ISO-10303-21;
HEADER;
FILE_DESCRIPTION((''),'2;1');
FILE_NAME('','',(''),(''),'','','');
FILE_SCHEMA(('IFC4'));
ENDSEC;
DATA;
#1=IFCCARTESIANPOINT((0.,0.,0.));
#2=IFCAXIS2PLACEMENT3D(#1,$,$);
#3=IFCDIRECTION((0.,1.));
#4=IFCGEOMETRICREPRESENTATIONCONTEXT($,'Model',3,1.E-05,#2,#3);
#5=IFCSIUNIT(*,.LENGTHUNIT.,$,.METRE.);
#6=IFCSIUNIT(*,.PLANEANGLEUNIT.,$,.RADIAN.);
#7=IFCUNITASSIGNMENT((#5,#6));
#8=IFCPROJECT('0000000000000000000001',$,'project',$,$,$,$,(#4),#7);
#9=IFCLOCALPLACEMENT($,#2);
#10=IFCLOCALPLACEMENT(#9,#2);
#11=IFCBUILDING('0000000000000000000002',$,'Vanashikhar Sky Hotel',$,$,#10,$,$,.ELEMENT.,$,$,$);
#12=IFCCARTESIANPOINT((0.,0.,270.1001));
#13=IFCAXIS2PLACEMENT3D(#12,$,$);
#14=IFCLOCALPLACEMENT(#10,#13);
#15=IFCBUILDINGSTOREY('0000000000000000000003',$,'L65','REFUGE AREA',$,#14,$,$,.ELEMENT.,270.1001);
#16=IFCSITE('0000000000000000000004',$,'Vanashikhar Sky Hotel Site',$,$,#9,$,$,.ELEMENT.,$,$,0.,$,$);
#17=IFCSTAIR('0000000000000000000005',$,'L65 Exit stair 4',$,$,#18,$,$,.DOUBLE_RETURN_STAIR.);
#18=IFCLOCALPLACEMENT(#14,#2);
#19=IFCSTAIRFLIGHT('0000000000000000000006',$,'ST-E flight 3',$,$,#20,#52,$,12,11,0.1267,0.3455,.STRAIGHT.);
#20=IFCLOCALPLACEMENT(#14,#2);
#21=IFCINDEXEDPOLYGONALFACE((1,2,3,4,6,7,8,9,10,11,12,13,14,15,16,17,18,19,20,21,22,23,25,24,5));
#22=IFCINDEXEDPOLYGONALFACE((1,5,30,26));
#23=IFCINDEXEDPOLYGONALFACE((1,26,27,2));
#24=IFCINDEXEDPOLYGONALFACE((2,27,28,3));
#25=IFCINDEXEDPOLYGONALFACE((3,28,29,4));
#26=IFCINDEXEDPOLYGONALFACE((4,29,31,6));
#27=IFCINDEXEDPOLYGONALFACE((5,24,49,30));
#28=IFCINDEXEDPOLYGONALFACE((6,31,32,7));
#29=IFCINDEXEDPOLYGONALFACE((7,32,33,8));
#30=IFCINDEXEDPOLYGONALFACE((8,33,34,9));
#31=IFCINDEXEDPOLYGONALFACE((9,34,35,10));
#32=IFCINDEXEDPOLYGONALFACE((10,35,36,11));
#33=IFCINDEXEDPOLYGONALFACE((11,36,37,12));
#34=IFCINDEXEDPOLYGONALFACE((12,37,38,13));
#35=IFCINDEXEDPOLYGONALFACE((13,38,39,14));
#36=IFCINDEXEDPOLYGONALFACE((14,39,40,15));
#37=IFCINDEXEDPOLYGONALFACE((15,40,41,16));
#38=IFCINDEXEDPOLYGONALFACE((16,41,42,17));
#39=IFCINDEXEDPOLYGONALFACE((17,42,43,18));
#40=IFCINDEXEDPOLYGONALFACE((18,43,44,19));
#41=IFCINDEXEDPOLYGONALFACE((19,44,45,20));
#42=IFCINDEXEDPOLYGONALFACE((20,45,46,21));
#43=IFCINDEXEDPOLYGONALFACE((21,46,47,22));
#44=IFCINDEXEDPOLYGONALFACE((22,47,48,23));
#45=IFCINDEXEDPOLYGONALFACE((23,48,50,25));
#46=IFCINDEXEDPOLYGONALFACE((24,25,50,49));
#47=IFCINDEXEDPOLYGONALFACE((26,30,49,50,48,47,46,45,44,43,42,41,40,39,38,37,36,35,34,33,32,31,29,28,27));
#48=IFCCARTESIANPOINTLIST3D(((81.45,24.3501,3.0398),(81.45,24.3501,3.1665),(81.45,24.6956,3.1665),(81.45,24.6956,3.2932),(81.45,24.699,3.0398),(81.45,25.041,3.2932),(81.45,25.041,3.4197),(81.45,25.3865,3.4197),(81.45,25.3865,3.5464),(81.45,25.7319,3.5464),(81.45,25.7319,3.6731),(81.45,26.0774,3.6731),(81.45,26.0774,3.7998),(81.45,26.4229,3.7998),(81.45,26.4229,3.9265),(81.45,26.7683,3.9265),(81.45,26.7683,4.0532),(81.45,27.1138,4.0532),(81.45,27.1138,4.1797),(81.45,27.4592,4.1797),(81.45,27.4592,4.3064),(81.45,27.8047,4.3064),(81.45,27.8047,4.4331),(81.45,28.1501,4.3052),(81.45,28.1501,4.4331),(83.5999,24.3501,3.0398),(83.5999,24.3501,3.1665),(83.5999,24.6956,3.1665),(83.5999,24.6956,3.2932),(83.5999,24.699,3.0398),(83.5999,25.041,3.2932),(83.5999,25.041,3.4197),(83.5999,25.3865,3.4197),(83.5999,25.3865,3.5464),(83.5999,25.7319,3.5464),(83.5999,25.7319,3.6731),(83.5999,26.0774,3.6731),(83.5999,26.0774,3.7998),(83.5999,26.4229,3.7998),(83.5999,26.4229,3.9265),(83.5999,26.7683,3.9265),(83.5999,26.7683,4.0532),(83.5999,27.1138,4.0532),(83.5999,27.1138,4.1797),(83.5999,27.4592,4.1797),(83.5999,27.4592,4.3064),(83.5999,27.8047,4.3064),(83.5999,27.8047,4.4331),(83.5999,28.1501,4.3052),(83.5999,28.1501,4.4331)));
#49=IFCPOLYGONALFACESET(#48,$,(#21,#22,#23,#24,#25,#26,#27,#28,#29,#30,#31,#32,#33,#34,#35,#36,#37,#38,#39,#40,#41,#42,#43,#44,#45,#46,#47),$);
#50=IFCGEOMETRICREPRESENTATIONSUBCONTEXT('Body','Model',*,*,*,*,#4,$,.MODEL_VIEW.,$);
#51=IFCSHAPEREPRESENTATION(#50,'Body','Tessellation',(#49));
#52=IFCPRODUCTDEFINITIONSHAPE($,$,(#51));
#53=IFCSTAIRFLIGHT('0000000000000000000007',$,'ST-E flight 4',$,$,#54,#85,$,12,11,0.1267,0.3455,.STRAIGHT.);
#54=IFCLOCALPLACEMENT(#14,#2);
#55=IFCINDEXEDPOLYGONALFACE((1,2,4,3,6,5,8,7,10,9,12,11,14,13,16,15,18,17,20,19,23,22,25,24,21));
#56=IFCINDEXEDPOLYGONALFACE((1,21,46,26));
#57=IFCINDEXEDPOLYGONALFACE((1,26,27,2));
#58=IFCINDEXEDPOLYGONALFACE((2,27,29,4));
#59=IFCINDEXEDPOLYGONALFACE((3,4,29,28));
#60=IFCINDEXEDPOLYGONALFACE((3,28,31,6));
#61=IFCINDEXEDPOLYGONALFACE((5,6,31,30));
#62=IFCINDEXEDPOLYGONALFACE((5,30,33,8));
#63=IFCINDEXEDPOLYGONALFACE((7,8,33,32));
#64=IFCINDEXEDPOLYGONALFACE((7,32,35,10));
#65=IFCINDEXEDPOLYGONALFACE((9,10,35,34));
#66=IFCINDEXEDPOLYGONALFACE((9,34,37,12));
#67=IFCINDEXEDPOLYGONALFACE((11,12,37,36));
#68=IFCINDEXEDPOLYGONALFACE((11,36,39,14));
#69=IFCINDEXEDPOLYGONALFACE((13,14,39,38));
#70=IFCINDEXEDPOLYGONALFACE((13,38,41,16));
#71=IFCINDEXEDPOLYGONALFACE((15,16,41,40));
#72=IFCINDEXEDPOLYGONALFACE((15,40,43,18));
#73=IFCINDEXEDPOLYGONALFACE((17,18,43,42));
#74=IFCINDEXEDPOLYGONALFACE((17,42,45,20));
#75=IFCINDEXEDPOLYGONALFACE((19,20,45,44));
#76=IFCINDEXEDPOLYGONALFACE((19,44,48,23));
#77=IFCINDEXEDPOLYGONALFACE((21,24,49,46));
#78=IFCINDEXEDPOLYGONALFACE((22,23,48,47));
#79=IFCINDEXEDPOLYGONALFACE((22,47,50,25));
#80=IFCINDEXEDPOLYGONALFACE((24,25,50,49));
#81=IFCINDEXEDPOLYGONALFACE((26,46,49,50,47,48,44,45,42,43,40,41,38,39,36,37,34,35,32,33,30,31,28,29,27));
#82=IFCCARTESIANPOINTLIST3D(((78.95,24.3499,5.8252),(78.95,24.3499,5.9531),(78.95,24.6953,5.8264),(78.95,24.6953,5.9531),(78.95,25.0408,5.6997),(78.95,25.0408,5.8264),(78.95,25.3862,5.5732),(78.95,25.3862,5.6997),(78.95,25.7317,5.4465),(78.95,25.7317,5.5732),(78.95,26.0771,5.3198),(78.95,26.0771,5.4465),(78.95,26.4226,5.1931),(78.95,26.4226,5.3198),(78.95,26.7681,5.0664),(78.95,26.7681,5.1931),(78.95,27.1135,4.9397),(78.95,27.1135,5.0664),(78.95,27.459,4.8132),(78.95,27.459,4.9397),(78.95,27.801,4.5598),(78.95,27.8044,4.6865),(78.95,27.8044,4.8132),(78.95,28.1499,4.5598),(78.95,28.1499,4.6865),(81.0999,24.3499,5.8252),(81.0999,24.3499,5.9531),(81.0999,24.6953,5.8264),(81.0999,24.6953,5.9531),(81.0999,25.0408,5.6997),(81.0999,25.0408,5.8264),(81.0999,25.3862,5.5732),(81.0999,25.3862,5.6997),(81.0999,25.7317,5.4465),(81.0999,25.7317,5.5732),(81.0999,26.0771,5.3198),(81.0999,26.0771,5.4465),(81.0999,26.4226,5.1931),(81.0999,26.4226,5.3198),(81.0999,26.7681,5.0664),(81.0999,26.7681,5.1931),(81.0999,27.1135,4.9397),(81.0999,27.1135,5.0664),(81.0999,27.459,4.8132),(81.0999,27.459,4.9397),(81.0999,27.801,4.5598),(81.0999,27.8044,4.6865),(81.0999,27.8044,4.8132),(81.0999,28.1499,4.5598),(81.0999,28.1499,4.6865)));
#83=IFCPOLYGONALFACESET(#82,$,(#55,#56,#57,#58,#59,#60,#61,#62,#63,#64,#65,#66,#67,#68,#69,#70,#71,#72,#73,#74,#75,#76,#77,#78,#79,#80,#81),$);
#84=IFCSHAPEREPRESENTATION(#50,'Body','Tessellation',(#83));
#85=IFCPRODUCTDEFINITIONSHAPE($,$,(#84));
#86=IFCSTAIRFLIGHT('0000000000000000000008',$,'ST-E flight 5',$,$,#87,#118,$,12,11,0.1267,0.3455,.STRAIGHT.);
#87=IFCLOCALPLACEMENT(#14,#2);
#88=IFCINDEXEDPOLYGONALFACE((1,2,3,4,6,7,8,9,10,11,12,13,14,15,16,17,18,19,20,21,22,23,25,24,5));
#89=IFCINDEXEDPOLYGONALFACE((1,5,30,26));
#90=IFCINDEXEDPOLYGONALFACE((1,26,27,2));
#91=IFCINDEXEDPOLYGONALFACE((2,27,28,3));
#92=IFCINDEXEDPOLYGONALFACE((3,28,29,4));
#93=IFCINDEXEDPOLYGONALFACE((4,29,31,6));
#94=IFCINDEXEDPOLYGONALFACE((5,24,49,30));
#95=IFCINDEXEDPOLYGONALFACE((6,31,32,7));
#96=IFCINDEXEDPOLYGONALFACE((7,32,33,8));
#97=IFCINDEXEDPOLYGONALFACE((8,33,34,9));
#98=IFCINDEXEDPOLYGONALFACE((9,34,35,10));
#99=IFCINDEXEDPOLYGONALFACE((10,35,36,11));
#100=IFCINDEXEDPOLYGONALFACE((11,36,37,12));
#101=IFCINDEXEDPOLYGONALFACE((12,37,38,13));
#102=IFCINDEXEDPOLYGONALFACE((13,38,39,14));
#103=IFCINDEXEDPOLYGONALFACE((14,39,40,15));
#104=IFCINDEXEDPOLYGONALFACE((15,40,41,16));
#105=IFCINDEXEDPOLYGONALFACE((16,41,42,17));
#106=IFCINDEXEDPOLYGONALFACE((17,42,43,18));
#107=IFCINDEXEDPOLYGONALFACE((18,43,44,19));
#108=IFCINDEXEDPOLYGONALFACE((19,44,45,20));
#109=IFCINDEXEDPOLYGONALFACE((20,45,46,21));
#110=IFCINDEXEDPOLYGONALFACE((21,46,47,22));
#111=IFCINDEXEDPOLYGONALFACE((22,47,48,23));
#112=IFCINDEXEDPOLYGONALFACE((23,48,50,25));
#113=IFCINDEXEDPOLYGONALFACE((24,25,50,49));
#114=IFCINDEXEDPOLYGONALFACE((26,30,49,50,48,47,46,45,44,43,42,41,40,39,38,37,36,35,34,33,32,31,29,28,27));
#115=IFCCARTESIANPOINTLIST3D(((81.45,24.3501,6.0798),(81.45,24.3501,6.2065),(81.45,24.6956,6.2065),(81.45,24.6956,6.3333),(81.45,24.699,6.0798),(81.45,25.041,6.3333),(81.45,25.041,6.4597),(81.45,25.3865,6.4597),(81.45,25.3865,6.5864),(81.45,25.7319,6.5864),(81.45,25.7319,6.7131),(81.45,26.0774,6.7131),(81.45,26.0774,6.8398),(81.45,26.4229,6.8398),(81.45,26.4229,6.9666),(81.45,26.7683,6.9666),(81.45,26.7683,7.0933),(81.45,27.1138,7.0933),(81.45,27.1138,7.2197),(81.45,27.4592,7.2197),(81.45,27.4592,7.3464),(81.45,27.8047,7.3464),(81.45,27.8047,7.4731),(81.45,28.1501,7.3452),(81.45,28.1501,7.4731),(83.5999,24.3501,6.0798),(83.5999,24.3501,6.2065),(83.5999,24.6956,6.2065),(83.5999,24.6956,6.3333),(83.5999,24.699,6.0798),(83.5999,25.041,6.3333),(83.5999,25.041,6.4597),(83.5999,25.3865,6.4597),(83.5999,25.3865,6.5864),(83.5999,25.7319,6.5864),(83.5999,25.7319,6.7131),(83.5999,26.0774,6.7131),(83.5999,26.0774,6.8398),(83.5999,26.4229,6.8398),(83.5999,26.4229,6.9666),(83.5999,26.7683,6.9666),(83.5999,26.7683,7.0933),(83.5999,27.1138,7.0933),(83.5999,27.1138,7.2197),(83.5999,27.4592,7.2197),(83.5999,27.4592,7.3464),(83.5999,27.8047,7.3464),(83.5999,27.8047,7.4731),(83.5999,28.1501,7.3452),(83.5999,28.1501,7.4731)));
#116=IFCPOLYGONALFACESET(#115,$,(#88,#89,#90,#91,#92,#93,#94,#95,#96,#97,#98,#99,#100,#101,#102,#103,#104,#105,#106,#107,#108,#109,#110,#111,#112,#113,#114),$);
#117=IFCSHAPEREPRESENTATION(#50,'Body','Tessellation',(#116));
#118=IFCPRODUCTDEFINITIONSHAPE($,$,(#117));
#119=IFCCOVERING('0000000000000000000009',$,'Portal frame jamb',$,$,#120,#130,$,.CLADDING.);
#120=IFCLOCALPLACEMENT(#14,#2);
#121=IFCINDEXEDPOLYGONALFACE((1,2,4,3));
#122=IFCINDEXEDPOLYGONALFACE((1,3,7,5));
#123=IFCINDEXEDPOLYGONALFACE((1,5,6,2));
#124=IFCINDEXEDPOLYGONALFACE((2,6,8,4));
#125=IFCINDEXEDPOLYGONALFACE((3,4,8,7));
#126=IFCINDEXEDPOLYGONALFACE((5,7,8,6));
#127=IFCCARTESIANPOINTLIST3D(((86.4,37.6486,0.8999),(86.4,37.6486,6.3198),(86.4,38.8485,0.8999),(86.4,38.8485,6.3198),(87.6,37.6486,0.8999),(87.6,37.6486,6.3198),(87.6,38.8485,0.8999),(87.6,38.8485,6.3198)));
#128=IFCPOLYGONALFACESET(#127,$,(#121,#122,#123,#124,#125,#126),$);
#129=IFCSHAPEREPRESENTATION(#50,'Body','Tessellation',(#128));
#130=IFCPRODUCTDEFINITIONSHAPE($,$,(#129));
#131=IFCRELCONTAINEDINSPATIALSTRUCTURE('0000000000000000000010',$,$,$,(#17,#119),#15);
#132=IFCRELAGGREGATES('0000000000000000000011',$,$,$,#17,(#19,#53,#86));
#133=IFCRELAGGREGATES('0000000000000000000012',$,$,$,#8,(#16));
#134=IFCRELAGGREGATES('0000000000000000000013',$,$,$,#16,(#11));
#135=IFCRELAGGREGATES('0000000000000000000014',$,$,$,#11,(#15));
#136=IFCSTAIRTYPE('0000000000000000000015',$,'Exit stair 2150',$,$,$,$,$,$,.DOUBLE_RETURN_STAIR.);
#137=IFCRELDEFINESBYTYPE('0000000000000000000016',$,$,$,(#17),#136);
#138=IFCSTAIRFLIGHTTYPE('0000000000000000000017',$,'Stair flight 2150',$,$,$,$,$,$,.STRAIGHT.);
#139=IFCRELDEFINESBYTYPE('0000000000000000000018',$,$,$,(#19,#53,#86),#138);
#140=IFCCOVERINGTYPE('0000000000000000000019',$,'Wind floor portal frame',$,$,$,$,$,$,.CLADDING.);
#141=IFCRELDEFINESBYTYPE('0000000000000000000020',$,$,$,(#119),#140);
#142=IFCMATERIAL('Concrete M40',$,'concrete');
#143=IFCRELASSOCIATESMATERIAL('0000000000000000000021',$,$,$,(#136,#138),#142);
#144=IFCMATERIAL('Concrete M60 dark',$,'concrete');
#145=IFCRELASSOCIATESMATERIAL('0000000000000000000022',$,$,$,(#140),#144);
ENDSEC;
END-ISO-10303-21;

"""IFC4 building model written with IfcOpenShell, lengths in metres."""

from ifc_helpers import new_model, si_unit, direction, frame, origin, origin_2d, place, context, subcontext, project, spatial, polyline, rectangle, outline, extrude, source, transform, mapped, material, type_object, element, aggregate, save


model = new_model("IFC4")

# Units and contexts
model_context = context("Model", 3, precision=1e-05, world=origin(), true_north=direction((0.0, 1.0)))
body_context = subcontext(model_context, "Body", "Model", "MODEL_VIEW")
ifc_project = project(units=[si_unit("LENGTHUNIT", "METRE"), si_unit("PLANEANGLEUNIT", "RADIAN")], contexts=[model_context])

# Site, building, storey
site_placement = place(None, origin())
site = spatial("IfcSite", under=ifc_project, at=site_placement, Name="Vanashikhar Sky Hotel Site", CompositionType="ELEMENT", RefElevation=0.0)
building_placement = place(site_placement, origin())
building = spatial("IfcBuilding", under=site, at=building_placement, Name="Vanashikhar Sky Hotel", CompositionType="ELEMENT")
storey_placement = place(building_placement, frame((0.0, 0.0, 270.1001)))
storey = spatial("IfcBuildingStorey", under=building, at=storey_placement, Name="L65", Description="REFUGE AREA", CompositionType="ELEMENT", Elevation=270.1001)

# Shared definitions
ifc_material_1 = material(Name="Concrete M40", Category="concrete")

# Stair, stair flights
stair_type = type_object("IfcStairType", Name="Exit stair 2150", PredefinedType="DOUBLE_RETURN_STAIR", material=ifc_material_1)
stair_placement = place(storey_placement, origin())
stair = element("IfcStair", 1, at=stair_placement, inside=storey, type_object=stair_type, Name="L65 Exit stair 4", PredefinedType="DOUBLE_RETURN_STAIR")
stair_flight_type = type_object("IfcStairFlightType", Name="Stair flight 2150", PredefinedType="STRAIGHT", material=ifc_material_1)
shared_shape_1 = source(origin(), body_context, "Body", "SweptSolid", [
    extrude(outline(polyline([(0.0, 0.0), (0.0, 0.1267), (0.3455, 0.1267), (0.3455, 0.2534), (0.6909, 0.2534), (0.6909, 0.3799), (1.0364, 0.3799), (1.0364, 0.5066), (1.3818, 0.5066), (1.3818, 0.6333), (1.7273, 0.6333), (1.7273, 0.76), (2.0728, 0.76), (2.0728, 0.8867), (2.4182, 0.8867), (2.4182, 1.0134), (2.7637, 1.0134), (2.7637, 1.1399), (3.1091, 1.1399), (3.1091, 1.2666), (3.4546, 1.2666), (3.4546, 1.3933), (3.8, 1.3933), (3.8, 1.52), (3.8, 1.2654), (0.3489, 0.0), (0.0, 0.0)])), frame((0.0, 1.075, 0.0), z_axis=(0.0, -1.0, 0.0), x_axis=(1.0, 0.0, 0.0)), (0.0, 0.0, 1.0), 2.1499),
])
stair_flight_1_placement = place(storey_placement, frame((82.5249, 24.3501, 3.0398), z_axis=(0.0, 0.0, 1.0), x_axis=(0.0, 1.0, 0.0)))
stair_flight_1 = element("IfcStairFlight", 2, at=stair_flight_1_placement, type_object=stair_flight_type, Name="ST-E flight 3", NumberOfRisers=12, NumberOfTreads=11, PredefinedType="STRAIGHT", RiserHeight=0.1267, TreadLength=0.3455, context=body_context, shape_type="MappedRepresentation", body=[
    mapped(shared_shape_1, transform((0.0, 0.0, 0.0), scale=1.0)),
])
stair_flight_2_placement = place(storey_placement, frame((80.0249, 28.1499, 4.5598), z_axis=(0.0, 0.0, 1.0), x_axis=(0.0, -1.0, 0.0)))
stair_flight_2 = element("IfcStairFlight", 3, at=stair_flight_2_placement, type_object=stair_flight_type, Name="ST-E flight 4", NumberOfRisers=12, NumberOfTreads=11, PredefinedType="STRAIGHT", RiserHeight=0.1267, TreadLength=0.3455, context=body_context, shape_type="MappedRepresentation", body=[
    mapped(shared_shape_1, transform((0.0, 0.0, 0.0), scale=1.0)),
])
stair_flight_3_placement = place(storey_placement, frame((82.5249, 24.3501, 6.0798), z_axis=(0.0, 0.0, 1.0), x_axis=(0.0, 1.0, 0.0)))
stair_flight_3 = element("IfcStairFlight", 4, at=stair_flight_3_placement, type_object=stair_flight_type, Name="ST-E flight 5", NumberOfRisers=12, NumberOfTreads=11, PredefinedType="STRAIGHT", RiserHeight=0.1267, TreadLength=0.3455, context=body_context, shape_type="MappedRepresentation", body=[
    mapped(shared_shape_1, transform((0.0, 0.0, 0.0), scale=1.0)),
])
aggregate(stair, [stair_flight_1, stair_flight_2, stair_flight_3])

# Covering
ifc_material_2 = material(Name="Concrete M60 dark", Category="concrete")
covering_type = type_object("IfcCoveringType", Name="Wind floor portal frame", PredefinedType="CLADDING", material=ifc_material_2)
shared_shape_2 = source(origin(), body_context, "Body", "SweptSolid", [
    extrude(rectangle(XDim=1.2, YDim=1.2, at=origin_2d()), origin(), (0.0, 0.0, 1.0), 5.4199),
])
covering_placement = place(storey_placement, frame((87.0, 38.2485, 0.8999), z_axis=(0.0, 0.0, 1.0), x_axis=(1.0, 0.0, 0.0)))
element("IfcCovering", 5, at=covering_placement, inside=storey, type_object=covering_type, Name="Portal frame jamb", PredefinedType="CLADDING", context=body_context, shape_type="MappedRepresentation", body=[
    mapped(shared_shape_2, transform((0.0, 0.0, 0.0), scale=1.0)),
])

save(model, "model.ifc")
